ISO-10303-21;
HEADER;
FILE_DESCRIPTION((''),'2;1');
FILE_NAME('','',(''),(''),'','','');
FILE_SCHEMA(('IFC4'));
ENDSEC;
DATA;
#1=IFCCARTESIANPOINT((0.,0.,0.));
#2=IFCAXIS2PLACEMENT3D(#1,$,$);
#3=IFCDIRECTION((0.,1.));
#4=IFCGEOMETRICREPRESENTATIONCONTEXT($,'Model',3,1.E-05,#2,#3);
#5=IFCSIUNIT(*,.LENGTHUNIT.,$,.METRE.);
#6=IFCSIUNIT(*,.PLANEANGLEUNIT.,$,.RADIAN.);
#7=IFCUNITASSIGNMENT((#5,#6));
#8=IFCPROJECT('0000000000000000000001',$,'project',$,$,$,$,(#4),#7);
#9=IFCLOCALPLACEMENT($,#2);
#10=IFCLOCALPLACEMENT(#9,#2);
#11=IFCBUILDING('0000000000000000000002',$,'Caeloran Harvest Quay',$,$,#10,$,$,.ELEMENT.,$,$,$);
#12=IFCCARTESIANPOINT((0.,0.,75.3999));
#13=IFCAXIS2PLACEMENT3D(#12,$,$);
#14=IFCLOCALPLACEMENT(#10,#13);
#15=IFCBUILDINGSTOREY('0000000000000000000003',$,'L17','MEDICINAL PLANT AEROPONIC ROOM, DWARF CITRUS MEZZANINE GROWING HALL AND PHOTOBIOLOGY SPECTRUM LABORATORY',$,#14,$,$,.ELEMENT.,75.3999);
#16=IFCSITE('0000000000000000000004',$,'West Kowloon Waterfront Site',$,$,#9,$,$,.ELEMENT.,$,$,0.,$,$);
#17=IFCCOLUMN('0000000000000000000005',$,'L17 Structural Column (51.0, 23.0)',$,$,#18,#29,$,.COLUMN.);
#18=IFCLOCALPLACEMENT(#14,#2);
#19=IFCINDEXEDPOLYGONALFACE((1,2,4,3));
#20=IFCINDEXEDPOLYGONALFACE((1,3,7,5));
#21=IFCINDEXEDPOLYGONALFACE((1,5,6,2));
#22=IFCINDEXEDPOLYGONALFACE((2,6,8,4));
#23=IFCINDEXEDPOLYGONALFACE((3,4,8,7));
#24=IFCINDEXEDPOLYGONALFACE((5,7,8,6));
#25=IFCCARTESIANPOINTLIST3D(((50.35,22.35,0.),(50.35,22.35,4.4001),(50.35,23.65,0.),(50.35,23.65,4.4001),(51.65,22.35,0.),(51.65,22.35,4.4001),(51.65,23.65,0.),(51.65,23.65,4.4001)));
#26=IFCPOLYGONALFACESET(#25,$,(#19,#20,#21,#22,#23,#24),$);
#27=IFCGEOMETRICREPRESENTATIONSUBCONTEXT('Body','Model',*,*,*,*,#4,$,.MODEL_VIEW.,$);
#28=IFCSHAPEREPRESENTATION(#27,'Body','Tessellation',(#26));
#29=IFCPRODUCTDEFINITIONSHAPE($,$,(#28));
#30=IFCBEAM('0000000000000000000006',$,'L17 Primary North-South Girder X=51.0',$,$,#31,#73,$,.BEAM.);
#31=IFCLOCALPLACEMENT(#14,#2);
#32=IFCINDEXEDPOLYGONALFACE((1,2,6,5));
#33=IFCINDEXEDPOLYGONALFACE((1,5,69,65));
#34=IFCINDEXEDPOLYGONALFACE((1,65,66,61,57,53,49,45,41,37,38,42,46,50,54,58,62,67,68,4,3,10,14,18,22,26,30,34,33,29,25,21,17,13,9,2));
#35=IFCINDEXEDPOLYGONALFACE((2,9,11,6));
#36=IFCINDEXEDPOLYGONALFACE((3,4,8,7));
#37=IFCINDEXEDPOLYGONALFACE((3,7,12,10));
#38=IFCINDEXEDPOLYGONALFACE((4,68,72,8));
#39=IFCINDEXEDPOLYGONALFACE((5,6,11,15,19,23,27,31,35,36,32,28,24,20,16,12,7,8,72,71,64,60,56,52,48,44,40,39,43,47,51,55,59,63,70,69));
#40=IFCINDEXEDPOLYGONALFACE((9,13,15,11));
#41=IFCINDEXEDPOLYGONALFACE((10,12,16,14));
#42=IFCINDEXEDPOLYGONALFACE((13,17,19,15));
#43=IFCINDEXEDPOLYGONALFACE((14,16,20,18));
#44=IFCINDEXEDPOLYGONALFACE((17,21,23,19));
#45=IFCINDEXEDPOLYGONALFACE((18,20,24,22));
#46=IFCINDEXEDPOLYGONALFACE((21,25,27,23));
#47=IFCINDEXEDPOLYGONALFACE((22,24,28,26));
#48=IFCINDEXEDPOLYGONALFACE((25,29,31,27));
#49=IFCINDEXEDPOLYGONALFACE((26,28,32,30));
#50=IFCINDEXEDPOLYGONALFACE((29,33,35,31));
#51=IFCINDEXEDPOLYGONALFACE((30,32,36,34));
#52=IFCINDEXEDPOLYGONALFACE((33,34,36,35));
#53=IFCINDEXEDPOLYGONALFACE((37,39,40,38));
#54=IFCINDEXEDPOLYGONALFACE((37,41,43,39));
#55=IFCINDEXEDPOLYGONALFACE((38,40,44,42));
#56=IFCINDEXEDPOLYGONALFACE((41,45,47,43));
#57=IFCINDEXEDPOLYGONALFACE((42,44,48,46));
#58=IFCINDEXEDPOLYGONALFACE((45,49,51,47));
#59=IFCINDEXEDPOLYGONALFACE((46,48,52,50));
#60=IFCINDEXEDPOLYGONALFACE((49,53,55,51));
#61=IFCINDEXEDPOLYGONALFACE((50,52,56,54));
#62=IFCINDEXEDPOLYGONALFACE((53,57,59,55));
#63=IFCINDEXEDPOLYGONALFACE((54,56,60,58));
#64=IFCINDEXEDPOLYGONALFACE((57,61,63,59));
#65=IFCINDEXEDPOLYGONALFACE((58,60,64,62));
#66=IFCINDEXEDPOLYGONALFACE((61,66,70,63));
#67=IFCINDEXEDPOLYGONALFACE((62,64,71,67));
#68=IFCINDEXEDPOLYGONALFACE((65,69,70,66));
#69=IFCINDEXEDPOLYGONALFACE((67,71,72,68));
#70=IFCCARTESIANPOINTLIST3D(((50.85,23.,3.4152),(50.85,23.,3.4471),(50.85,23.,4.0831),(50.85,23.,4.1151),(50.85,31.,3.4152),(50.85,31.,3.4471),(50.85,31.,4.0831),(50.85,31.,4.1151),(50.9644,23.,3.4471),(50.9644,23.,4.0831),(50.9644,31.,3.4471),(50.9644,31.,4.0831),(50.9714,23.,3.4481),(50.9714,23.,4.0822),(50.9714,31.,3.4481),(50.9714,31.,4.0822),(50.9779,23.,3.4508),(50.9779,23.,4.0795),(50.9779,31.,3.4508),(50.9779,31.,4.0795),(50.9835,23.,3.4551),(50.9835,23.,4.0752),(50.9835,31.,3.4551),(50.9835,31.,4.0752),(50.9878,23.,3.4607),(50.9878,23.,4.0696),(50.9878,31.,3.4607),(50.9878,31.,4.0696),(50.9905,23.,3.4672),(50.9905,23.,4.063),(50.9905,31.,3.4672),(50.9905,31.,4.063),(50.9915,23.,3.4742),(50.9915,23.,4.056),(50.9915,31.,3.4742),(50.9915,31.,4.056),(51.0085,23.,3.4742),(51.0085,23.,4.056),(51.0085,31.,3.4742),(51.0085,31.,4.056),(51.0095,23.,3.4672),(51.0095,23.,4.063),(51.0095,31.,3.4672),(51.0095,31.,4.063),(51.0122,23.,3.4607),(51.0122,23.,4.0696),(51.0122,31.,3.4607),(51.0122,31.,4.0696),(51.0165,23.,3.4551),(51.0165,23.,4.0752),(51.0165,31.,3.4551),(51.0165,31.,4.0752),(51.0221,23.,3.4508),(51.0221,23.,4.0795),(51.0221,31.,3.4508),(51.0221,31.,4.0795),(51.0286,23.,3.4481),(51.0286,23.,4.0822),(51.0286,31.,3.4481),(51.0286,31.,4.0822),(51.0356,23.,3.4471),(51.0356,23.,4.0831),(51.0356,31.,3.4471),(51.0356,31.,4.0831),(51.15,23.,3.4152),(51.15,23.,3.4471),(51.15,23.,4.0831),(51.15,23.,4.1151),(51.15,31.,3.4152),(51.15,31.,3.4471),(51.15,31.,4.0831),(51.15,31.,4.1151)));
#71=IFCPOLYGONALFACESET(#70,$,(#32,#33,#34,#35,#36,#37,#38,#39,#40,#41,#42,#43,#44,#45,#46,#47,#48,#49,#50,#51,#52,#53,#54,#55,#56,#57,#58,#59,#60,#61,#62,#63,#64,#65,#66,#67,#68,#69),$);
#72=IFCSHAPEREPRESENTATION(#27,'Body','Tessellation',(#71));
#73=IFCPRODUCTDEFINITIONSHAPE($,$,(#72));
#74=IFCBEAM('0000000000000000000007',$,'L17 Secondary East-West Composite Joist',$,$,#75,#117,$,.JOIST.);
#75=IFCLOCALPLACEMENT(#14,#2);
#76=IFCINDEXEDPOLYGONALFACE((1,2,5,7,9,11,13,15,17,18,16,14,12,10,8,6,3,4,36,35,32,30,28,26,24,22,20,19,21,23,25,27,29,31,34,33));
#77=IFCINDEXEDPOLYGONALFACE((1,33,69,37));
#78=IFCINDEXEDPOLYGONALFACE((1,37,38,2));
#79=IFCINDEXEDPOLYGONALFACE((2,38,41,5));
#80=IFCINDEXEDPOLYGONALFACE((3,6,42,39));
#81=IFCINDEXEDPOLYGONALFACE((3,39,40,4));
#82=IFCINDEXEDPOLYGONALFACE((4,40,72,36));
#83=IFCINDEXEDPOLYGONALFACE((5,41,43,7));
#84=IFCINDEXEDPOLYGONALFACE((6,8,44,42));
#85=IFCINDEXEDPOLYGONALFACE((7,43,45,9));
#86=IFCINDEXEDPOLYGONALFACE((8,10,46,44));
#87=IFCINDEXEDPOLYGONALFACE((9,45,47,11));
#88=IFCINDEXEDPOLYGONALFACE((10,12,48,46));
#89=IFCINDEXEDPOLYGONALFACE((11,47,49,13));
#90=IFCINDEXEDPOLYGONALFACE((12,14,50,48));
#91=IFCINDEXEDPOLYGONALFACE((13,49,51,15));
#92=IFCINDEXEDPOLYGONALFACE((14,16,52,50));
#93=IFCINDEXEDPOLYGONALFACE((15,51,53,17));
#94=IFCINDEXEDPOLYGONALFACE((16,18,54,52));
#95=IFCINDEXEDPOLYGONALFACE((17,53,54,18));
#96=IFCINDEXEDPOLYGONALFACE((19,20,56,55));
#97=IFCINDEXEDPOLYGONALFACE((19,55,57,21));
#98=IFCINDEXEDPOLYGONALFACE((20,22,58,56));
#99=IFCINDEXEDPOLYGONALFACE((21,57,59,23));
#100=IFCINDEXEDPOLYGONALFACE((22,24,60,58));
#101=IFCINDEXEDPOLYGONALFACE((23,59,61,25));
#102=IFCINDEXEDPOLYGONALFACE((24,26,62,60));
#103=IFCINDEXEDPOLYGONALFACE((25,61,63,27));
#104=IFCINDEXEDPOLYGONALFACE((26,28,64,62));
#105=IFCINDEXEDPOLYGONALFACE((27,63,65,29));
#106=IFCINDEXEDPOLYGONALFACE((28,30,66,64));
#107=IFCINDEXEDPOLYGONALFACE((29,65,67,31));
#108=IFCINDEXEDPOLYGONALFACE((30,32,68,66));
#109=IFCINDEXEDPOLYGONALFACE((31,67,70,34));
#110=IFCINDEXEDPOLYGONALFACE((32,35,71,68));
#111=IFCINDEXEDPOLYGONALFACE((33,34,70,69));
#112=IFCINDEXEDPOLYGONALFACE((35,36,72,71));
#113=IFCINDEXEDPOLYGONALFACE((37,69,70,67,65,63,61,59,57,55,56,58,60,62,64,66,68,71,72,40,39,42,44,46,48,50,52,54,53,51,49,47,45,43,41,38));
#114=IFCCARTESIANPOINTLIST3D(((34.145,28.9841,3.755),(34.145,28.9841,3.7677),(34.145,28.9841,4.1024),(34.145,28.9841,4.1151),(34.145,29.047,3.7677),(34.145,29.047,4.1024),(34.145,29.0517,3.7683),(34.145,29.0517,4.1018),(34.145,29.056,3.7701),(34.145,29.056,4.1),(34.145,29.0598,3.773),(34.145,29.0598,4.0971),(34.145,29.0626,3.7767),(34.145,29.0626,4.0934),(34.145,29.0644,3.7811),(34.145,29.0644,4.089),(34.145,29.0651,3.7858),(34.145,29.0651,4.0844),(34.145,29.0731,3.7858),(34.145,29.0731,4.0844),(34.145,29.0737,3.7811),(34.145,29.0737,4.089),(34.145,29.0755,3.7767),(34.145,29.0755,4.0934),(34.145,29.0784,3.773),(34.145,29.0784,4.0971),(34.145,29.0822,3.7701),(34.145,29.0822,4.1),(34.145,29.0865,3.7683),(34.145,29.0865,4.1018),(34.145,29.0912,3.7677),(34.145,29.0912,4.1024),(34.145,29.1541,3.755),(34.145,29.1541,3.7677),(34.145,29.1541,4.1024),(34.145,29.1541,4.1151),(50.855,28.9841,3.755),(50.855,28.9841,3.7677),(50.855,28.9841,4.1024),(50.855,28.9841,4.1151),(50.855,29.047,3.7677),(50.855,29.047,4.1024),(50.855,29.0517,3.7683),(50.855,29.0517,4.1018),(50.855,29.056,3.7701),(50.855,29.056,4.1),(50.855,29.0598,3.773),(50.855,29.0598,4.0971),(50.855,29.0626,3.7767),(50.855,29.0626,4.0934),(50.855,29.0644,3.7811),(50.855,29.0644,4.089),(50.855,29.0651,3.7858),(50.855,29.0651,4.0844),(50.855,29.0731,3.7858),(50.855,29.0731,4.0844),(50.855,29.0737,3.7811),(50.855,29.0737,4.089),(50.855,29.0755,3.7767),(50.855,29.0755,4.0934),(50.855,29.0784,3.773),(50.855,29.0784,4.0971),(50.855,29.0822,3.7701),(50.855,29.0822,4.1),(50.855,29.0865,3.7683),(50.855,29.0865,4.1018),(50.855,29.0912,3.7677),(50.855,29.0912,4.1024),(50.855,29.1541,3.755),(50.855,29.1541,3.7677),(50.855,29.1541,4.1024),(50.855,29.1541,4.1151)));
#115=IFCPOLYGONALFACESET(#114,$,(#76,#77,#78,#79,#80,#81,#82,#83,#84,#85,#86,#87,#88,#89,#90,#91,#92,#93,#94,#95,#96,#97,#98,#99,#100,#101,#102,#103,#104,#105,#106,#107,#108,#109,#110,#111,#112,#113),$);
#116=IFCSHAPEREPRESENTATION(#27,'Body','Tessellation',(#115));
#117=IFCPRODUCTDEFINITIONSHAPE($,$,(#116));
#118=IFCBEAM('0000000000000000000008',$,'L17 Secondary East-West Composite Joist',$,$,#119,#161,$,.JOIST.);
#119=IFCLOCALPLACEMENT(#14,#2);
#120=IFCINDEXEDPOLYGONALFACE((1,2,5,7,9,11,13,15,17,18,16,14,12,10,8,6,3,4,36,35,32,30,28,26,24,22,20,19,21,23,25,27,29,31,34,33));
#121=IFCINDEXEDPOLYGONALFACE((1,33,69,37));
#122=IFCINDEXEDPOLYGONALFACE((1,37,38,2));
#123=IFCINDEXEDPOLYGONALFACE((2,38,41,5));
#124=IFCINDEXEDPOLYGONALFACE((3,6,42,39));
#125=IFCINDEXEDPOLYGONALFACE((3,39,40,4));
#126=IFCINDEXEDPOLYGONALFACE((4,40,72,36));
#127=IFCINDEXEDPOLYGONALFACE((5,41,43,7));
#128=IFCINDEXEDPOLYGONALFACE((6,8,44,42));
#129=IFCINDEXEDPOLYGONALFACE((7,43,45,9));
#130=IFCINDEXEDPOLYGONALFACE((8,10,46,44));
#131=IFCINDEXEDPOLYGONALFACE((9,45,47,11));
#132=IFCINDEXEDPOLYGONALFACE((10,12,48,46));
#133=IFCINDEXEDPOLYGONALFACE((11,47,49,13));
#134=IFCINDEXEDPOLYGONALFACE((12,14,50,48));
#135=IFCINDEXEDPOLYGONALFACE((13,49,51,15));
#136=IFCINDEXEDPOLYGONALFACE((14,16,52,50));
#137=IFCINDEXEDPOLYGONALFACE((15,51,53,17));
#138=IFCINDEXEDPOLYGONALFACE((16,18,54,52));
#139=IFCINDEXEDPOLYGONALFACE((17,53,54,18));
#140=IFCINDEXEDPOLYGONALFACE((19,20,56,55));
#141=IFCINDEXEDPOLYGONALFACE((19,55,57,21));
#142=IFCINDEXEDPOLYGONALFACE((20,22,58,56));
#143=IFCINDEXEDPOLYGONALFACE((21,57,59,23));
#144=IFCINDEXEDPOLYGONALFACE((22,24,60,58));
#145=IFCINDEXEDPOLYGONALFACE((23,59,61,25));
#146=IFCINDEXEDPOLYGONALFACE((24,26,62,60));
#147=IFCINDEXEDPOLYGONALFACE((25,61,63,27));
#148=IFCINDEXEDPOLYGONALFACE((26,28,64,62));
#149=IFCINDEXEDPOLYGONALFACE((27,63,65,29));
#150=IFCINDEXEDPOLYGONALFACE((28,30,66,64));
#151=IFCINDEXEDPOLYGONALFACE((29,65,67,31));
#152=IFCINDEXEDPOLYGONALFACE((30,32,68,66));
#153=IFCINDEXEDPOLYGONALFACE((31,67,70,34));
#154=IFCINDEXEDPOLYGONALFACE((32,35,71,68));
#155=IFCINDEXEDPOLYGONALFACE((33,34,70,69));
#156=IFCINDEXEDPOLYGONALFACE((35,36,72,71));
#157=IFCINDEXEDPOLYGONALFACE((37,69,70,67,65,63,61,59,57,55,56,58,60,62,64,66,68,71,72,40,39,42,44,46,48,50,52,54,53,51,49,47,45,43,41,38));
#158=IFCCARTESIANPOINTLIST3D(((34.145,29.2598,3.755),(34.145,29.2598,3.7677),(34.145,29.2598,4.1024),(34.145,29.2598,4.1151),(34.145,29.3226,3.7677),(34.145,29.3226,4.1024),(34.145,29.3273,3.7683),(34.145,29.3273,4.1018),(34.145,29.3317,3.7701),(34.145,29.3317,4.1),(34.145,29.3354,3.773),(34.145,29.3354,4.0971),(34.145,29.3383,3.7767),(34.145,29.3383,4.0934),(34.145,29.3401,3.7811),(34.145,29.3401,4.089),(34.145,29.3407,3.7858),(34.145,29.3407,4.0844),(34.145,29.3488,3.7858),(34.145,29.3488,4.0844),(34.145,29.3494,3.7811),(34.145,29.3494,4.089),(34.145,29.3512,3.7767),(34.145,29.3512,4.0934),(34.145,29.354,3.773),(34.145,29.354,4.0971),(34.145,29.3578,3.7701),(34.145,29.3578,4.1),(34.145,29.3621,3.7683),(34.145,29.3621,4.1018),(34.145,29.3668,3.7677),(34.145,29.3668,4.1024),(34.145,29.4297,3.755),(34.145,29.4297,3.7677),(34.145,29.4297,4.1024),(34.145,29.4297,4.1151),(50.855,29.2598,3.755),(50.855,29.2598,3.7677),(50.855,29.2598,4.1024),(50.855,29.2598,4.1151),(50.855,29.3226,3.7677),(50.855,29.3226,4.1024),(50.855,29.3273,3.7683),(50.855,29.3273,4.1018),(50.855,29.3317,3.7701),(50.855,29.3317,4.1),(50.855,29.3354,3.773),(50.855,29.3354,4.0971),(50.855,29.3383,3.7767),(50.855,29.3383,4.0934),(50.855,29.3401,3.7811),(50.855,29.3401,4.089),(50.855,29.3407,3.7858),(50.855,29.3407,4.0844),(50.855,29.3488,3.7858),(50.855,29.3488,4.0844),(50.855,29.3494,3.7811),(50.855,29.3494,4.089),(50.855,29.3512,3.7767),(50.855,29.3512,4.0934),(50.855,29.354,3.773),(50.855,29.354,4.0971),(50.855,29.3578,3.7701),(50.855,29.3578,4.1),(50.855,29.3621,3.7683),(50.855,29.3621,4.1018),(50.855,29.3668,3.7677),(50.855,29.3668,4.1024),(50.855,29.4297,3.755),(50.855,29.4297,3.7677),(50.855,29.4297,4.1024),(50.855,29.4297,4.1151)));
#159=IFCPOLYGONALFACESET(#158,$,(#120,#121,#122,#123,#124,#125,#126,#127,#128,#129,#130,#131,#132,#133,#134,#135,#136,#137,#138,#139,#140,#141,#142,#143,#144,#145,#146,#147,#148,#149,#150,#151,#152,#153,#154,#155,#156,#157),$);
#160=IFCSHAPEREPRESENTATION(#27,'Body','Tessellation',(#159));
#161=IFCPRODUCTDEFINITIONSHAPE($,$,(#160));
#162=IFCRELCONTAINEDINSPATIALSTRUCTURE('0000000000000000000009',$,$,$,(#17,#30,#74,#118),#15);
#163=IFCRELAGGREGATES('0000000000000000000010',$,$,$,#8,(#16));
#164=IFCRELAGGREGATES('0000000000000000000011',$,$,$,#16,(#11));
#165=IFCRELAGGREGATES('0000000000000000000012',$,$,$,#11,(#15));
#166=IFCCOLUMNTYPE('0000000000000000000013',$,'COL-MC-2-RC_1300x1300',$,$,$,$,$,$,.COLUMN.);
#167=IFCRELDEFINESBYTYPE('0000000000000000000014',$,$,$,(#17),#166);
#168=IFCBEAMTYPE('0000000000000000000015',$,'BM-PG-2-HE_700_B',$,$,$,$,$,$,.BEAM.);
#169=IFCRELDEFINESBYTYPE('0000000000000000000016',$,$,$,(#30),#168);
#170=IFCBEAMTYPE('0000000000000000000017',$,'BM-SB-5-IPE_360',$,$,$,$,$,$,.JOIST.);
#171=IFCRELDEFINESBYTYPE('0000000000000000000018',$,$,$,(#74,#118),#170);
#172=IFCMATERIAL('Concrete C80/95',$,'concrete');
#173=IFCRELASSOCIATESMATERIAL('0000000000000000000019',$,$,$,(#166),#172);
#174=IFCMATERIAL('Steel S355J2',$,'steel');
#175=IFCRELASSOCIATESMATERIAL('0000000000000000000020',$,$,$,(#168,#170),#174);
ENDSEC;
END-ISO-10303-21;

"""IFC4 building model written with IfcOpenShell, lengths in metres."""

from ifc_helpers import new_model, si_unit, direction, frame, origin, origin_2d, place, context, subcontext, project, spatial, rectangle, i_section, extrude, material, material_profile, profile_set, type_object, element, save


model = new_model("IFC4")

# Units and contexts
model_context = context("Model", 3, precision=1e-05, world=origin(), true_north=direction((0.0, 1.0)))
body_context = subcontext(model_context, "Body", "Model", "MODEL_VIEW")
ifc_project = project(units=[si_unit("LENGTHUNIT", "METRE"), si_unit("PLANEANGLEUNIT", "RADIAN")], contexts=[model_context])

# Site, building, storey
site_placement = place(None, origin())
site = spatial("IfcSite", under=ifc_project, at=site_placement, Name="West Kowloon Waterfront Site", CompositionType="ELEMENT", RefElevation=0.0)
building_placement = place(site_placement, origin())
building = spatial("IfcBuilding", under=site, at=building_placement, Name="Caeloran Harvest Quay", CompositionType="ELEMENT")
storey_placement = place(building_placement, frame((0.0, 0.0, 75.3999)))
storey = spatial("IfcBuildingStorey", under=building, at=storey_placement, Name="L17", Description="MEDICINAL PLANT AEROPONIC ROOM, DWARF CITRUS MEZZANINE GROWING HALL AND PHOTOBIOLOGY SPECTRUM LABORATORY", CompositionType="ELEMENT", Elevation=75.3999)

# Column
ifc_material_1 = material(Name="Concrete C80/95", Category="concrete")
ifc_material_profile_1 = material_profile(ifc_material_1, rectangle(XDim=1.3, YDim=1.3, at=origin_2d()), Name="RC 1300x1300")
ifc_profile_set_1 = profile_set([ifc_material_profile_1], Name="Concrete C80/95")
column_type = type_object("IfcColumnType", Name="COL-MC-2-RC_1300x1300", PredefinedType="COLUMN", material=ifc_profile_set_1)
column_placement = place(storey_placement, frame((51.0, 23.0, 0.0), z_axis=(0.0, 0.0, 1.0), x_axis=(1.0, 0.0, 0.0)))
element("IfcColumn", 1, at=column_placement, inside=storey, type_object=column_type, Name="L17 Structural Column (51.0, 23.0)", PredefinedType="COLUMN", context=body_context, shape_type="SweptSolid", body=[
    extrude(rectangle(XDim=1.3, YDim=1.3, at=origin_2d()), origin(), (0.0, 0.0, 1.0), 4.4001),
])

# Beams
ifc_material_2 = material(Name="Steel S355J2", Category="steel")
ifc_material_profile_2 = material_profile(ifc_material_2, i_section(OverallWidth=0.3, OverallDepth=0.7, WebThickness=0.0171, FlangeThickness=0.032, FilletRadius=0.0271, at=origin_2d()), Name="HE 700 B")
ifc_profile_set_2 = profile_set([ifc_material_profile_2], Name="Steel S355J2")
beam_type_1 = type_object("IfcBeamType", Name="BM-PG-2-HE_700_B", PredefinedType="BEAM", material=ifc_profile_set_2)
beam_placement = place(storey_placement, frame((51.0, 23.0, 3.7651), z_axis=(0.0, 1.0, 0.0), x_axis=(-1.0, 0.0, 0.0)))
element("IfcBeam", 2, at=beam_placement, inside=storey, type_object=beam_type_1, Name="L17 Primary North-South Girder X=51.0", PredefinedType="BEAM", context=body_context, shape_type="SweptSolid", body=[
    extrude(i_section(OverallWidth=0.3, OverallDepth=0.7, WebThickness=0.0171, FlangeThickness=0.032, FilletRadius=0.0271, at=origin_2d()), origin(), (0.0, 0.0, 1.0), 8.0),
])
ifc_material_profile_3 = material_profile(ifc_material_2, i_section(OverallWidth=0.1699, OverallDepth=0.3601, WebThickness=0.0081, FlangeThickness=0.0127, FilletRadius=0.0181, at=origin_2d()), Name="IPE 360")
ifc_profile_set_3 = profile_set([ifc_material_profile_3], Name="Steel S355J2")
beam_type_2 = type_object("IfcBeamType", Name="BM-SB-5-IPE_360", PredefinedType="JOIST", material=ifc_profile_set_3)
for number, where, z_axis, x_axis, name in (
    (3, (34.145, 29.0691, 3.9351), (1.0, 0.0, 0.0), (0.0, 1.0, 0.0), "L17 Secondary East-West Composite Joist"),
    (4, (34.145, 29.3447, 3.9351), (1.0, 0.0, 0.0), (0.0, 1.0, 0.0), "L17 Secondary East-West Composite Joist"),
):
    element("IfcBeam", number, at=place(storey_placement, frame(where, z_axis=z_axis, x_axis=x_axis)), inside=storey, type_object=beam_type_2, Name=name, PredefinedType="JOIST", context=body_context, shape_type="SweptSolid", body=[
        extrude(i_section(OverallWidth=0.1699, OverallDepth=0.3601, WebThickness=0.0081, FlangeThickness=0.0127, FilletRadius=0.0181, at=origin_2d()), origin(), (0.0, 0.0, 1.0), 16.71),
    ])

save(model, "model.ifc")
